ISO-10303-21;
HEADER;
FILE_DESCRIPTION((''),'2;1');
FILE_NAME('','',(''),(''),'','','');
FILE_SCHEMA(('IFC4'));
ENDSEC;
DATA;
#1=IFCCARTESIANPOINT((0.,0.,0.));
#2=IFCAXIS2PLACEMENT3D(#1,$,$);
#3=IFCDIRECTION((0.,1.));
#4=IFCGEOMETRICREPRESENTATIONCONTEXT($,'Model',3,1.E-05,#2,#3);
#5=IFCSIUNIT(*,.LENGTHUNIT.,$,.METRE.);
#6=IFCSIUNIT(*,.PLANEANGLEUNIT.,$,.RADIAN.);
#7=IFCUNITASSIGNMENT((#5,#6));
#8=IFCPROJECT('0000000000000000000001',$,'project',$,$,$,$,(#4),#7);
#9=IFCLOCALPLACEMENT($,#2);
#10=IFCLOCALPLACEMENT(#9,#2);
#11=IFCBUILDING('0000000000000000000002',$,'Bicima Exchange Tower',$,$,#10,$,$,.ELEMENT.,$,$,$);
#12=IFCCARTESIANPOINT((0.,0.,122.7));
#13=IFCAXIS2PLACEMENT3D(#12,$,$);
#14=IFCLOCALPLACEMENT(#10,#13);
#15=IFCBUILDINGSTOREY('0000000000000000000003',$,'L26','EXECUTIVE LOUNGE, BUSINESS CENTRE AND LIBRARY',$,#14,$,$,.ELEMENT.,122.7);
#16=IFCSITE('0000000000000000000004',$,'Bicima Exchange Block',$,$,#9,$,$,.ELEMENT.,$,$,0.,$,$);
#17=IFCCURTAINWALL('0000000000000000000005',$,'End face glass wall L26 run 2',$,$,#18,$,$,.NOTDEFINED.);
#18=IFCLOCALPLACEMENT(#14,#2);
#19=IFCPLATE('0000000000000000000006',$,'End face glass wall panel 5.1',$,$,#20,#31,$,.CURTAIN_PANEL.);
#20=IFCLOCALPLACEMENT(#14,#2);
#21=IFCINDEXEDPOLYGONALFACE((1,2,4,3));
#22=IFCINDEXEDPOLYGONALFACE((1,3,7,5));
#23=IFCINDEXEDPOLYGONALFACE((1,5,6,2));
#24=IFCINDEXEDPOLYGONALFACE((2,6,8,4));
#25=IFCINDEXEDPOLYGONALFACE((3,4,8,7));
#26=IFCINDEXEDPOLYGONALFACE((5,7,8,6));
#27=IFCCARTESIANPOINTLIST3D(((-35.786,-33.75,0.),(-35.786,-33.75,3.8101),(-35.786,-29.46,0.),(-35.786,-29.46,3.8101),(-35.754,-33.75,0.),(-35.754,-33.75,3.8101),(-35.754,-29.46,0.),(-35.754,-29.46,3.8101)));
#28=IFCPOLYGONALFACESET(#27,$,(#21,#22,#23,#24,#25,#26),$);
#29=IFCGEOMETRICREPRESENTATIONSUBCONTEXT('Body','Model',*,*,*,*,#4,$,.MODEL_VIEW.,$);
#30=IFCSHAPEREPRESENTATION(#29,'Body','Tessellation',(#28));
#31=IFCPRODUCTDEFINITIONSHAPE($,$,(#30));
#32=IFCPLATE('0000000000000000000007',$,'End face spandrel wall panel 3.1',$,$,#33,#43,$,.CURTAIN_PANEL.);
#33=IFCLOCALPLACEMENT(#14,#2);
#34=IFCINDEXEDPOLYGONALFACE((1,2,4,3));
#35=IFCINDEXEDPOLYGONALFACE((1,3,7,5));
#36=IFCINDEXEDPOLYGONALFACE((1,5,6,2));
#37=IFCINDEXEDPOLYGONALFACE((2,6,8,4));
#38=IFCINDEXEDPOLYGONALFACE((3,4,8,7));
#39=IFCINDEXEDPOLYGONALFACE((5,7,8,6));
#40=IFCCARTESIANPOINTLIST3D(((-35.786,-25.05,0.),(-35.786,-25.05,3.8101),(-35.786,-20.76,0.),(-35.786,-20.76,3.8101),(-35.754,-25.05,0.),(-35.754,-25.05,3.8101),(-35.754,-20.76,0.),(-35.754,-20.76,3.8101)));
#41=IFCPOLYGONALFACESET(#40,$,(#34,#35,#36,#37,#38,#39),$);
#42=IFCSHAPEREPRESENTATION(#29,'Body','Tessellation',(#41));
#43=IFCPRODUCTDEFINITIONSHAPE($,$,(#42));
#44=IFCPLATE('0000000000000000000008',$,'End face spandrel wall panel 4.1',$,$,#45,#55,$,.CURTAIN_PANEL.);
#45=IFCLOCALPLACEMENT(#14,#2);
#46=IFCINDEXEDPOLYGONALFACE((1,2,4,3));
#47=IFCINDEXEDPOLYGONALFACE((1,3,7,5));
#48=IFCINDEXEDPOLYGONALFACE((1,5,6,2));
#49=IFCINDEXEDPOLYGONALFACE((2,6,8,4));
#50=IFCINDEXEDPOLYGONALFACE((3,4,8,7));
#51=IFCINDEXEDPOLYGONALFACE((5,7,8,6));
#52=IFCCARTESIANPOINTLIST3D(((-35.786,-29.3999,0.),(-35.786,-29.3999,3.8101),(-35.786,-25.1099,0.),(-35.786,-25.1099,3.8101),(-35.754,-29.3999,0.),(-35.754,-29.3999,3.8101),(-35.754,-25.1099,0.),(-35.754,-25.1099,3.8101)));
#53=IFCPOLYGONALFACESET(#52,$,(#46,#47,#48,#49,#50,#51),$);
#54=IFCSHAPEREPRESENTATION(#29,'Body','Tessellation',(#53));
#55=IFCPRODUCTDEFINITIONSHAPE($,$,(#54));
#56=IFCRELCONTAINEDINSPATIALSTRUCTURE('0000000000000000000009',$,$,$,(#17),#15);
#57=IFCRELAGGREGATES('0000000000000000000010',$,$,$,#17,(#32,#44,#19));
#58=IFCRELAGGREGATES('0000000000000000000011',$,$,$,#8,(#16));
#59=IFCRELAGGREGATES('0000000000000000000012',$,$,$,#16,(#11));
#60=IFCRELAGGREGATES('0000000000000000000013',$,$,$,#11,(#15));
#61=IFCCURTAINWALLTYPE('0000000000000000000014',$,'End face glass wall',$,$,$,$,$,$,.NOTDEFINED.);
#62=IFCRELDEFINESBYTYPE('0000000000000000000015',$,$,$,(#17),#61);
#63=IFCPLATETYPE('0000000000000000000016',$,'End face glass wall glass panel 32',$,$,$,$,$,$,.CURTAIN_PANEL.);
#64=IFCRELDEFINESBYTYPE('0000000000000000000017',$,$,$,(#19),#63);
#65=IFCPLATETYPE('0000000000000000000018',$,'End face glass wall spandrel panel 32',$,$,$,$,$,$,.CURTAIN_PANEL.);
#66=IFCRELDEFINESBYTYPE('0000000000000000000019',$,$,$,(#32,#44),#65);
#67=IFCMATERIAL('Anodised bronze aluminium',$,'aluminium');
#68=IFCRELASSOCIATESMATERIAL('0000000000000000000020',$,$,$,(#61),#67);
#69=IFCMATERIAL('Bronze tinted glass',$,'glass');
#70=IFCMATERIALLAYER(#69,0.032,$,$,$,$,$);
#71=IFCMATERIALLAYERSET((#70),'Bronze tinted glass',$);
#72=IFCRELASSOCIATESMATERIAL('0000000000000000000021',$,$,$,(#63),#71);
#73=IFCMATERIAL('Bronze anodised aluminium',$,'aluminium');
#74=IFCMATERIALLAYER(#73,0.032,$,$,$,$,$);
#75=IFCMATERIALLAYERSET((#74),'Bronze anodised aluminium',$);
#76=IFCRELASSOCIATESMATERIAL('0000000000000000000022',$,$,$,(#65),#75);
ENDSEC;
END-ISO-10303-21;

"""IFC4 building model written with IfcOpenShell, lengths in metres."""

from ifc_helpers import new_model, si_unit, direction, frame, origin, origin_2d, place, context, subcontext, project, spatial, rectangle, extrude, material, layer, layer_set, type_object, element, aggregate, save


model = new_model("IFC4")

# Units and contexts
model_context = context("Model", 3, precision=1e-05, world=origin(), true_north=direction((0.0, 1.0)))
body_context = subcontext(model_context, "Body", "Model", "MODEL_VIEW")
ifc_project = project(units=[si_unit("LENGTHUNIT", "METRE"), si_unit("PLANEANGLEUNIT", "RADIAN")], contexts=[model_context])

# Site, building, storey
site_placement = place(None, origin())
site = spatial("IfcSite", under=ifc_project, at=site_placement, Name="Bicima Exchange Block", CompositionType="ELEMENT", RefElevation=0.0)
building_placement = place(site_placement, origin())
building = spatial("IfcBuilding", under=site, at=building_placement, Name="Bicima Exchange Tower", CompositionType="ELEMENT")
storey_placement = place(building_placement, frame((0.0, 0.0, 122.7)))
storey = spatial("IfcBuildingStorey", under=building, at=storey_placement, Name="L26", Description="EXECUTIVE LOUNGE, BUSINESS CENTRE AND LIBRARY", CompositionType="ELEMENT", Elevation=122.7)

# Curtain wall
ifc_material_1 = material(Name="Anodised bronze aluminium", Category="aluminium")
curtain_wall_type_1 = type_object("IfcCurtainWallType", Name="End face glass wall", PredefinedType="NOTDEFINED", material=ifc_material_1)
curtain_wall_1_placement = place(storey_placement, origin())
curtain_wall_1 = element("IfcCurtainWall", 1, at=curtain_wall_1_placement, inside=storey, type_object=curtain_wall_type_1, Name="End face glass wall L26 run 2", PredefinedType="NOTDEFINED")

# Plates
ifc_material_2 = material(Name="Bronze tinted glass", Category="glass")
ifc_layer_1 = layer(ifc_material_2, 0.032)
ifc_layer_set_1 = layer_set([ifc_layer_1], Name="Bronze tinted glass")
plate_type_1 = type_object("IfcPlateType", Name="End face glass wall glass panel 32", PredefinedType="CURTAIN_PANEL", material=ifc_layer_set_1)
plate_1_placement = place(storey_placement, frame((-35.77, -31.605, 0.0), z_axis=(0.0, 0.0, 1.0), x_axis=(0.0, -1.0, 0.0)))
plate_1 = element("IfcPlate", 2, at=plate_1_placement, type_object=plate_type_1, Name="End face glass wall panel 5.1", PredefinedType="CURTAIN_PANEL", context=body_context, shape_type="SweptSolid", body=[
    extrude(rectangle(XDim=4.29, YDim=0.032, at=origin_2d()), origin(), (0.0, 0.0, 1.0), 3.8101),
])
ifc_material_3 = material(Name="Bronze anodised aluminium", Category="aluminium")
ifc_layer_2 = layer(ifc_material_3, 0.032)
ifc_layer_set_2 = layer_set([ifc_layer_2], Name="Bronze anodised aluminium")
plate_type_2 = type_object("IfcPlateType", Name="End face glass wall spandrel panel 32", PredefinedType="CURTAIN_PANEL", material=ifc_layer_set_2)
plate_2_placement = place(storey_placement, frame((-35.77, -22.905, 0.0), z_axis=(0.0, 0.0, 1.0), x_axis=(0.0, -1.0, 0.0)))
plate_2 = element("IfcPlate", 3, at=plate_2_placement, type_object=plate_type_2, Name="End face spandrel wall panel 3.1", PredefinedType="CURTAIN_PANEL", context=body_context, shape_type="SweptSolid", body=[
    extrude(rectangle(XDim=4.29, YDim=0.032, at=origin_2d()), origin(), (0.0, 0.0, 1.0), 3.8101),
])
plate_3_placement = place(storey_placement, frame((-35.77, -27.2549, 0.0), z_axis=(0.0, 0.0, 1.0), x_axis=(0.0, -1.0, 0.0)))
plate_3 = element("IfcPlate", 4, at=plate_3_placement, type_object=plate_type_2, Name="End face spandrel wall panel 4.1", PredefinedType="CURTAIN_PANEL", context=body_context, shape_type="SweptSolid", body=[
    extrude(rectangle(XDim=4.29, YDim=0.032, at=origin_2d()), origin(), (0.0, 0.0, 1.0), 3.8101),
])
aggregate(curtain_wall_1, [plate_2, plate_3, plate_1])

save(model, "model.ifc")
